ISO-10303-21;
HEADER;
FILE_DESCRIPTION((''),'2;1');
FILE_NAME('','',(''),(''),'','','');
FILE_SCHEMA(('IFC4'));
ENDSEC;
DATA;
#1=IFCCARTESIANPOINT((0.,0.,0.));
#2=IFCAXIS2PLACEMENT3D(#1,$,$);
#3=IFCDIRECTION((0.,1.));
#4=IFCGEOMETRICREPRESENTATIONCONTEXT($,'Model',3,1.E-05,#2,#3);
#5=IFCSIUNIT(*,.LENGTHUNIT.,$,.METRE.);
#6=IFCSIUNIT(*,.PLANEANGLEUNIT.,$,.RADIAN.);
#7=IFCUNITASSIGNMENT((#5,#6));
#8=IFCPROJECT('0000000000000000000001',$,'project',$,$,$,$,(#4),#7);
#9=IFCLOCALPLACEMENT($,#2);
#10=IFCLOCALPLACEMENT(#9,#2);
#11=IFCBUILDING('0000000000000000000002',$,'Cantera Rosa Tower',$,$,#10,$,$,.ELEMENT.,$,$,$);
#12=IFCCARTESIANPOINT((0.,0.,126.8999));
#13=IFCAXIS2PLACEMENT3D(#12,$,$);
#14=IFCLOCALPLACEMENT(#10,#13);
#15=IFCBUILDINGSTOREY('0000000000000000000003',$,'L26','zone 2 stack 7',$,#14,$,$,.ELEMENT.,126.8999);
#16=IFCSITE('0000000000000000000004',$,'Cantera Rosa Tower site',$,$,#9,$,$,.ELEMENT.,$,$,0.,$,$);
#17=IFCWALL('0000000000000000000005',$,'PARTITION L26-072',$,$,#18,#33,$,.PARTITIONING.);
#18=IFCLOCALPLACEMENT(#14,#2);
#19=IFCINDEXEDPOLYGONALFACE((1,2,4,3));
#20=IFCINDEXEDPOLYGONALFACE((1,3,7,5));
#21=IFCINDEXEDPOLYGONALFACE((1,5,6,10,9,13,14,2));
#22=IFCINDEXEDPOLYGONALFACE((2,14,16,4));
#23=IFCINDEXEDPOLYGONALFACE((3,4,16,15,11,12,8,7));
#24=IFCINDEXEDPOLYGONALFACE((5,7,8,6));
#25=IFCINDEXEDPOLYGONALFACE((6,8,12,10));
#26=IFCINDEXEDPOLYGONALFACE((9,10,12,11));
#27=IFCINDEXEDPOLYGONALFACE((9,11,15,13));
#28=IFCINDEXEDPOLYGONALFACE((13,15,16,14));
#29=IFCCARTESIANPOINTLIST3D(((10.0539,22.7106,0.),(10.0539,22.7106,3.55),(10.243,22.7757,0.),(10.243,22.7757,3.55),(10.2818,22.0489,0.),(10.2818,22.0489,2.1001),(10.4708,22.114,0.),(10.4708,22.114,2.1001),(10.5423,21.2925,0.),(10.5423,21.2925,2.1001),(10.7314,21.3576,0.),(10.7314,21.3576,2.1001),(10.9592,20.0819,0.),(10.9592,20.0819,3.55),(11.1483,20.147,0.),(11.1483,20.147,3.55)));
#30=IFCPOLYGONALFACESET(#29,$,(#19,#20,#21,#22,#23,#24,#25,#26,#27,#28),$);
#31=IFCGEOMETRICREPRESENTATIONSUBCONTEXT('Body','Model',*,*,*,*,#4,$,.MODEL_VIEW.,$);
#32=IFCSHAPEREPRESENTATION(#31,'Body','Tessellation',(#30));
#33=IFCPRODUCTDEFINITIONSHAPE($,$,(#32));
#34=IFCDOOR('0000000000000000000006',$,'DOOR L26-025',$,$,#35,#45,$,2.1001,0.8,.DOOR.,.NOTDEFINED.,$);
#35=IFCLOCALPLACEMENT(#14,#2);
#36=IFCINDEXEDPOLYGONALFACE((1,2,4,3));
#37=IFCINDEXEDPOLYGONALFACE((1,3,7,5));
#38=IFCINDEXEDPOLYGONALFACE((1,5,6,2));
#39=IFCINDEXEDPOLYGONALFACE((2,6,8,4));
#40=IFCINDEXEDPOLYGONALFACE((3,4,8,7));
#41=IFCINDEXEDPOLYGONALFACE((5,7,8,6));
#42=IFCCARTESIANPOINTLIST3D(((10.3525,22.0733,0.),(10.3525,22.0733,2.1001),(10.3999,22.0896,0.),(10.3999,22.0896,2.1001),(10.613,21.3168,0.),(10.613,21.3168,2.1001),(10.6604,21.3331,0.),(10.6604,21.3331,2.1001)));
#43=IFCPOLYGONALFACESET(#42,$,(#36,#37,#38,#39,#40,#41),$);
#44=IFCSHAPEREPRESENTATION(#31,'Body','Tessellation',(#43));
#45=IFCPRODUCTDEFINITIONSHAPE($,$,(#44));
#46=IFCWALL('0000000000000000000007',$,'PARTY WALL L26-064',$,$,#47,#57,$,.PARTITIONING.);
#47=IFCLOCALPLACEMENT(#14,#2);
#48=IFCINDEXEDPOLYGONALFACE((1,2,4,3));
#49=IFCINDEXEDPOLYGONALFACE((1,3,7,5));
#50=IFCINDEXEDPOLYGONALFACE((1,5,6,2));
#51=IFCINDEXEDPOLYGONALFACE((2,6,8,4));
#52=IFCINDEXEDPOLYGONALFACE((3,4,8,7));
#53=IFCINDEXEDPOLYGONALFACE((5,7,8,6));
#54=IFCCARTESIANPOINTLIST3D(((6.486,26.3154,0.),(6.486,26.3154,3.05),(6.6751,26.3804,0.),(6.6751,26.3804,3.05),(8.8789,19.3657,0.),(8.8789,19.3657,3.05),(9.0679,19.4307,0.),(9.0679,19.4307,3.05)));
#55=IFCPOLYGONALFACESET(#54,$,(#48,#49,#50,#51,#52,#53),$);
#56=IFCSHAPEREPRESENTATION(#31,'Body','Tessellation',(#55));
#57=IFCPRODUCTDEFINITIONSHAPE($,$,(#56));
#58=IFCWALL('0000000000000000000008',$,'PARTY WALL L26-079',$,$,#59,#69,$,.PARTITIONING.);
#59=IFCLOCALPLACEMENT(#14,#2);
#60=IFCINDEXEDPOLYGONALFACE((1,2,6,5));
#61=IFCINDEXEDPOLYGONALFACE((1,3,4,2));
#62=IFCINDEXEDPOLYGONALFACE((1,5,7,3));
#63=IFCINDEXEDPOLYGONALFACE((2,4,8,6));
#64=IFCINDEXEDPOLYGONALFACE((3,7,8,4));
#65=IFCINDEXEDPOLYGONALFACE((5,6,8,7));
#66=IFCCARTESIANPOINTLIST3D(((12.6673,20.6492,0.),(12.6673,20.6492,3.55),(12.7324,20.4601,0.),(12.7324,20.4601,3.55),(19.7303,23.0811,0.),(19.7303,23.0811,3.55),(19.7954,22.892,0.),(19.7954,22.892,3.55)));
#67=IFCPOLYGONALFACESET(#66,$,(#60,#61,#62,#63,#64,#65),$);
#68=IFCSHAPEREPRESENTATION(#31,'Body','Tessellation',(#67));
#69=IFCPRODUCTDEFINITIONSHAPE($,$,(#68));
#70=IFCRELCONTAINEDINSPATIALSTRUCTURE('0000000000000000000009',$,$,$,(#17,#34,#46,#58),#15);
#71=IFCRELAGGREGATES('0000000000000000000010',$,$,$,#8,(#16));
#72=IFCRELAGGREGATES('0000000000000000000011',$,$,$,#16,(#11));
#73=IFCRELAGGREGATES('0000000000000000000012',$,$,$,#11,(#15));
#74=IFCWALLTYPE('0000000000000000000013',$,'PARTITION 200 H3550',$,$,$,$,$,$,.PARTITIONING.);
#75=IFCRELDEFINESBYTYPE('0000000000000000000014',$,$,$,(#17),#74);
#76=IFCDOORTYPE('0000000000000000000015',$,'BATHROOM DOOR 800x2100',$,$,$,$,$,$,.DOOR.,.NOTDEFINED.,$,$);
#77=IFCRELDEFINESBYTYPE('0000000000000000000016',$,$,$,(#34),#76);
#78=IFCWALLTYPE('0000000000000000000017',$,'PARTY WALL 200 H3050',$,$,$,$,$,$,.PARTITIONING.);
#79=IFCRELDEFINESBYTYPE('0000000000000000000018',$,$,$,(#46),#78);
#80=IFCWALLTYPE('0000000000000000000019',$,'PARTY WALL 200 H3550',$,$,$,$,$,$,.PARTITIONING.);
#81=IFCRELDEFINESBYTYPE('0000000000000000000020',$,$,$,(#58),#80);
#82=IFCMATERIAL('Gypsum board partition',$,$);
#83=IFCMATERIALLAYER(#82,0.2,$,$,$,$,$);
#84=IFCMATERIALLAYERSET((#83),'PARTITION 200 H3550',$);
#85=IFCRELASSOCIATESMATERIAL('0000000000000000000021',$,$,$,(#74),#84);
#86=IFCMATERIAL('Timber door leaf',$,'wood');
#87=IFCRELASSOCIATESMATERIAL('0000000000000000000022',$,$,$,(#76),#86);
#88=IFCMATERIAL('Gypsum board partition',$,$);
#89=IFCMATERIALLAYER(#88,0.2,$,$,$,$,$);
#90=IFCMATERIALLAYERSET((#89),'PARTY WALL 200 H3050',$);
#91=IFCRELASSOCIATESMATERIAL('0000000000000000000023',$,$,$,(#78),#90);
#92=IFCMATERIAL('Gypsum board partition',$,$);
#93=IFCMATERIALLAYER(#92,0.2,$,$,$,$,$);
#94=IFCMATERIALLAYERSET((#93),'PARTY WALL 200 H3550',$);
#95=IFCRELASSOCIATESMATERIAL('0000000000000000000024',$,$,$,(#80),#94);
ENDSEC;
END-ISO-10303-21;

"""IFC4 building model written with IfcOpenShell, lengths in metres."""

from ifc_helpers import new_model, si_unit, direction, frame, frame_2d, origin, place, context, subcontext, project, spatial, rectangle, extrude, material, layer, layer_set, type_object, element, fill, save


model = new_model("IFC4")

# Units and contexts
model_context = context("Model", 3, precision=1e-05, world=origin(), true_north=direction((0.0, 1.0)))
body_context = subcontext(model_context, "Body", "Model", "MODEL_VIEW")
ifc_project = project(units=[si_unit("LENGTHUNIT", "METRE"), si_unit("PLANEANGLEUNIT", "RADIAN")], contexts=[model_context])

# Site, building, storey
site_placement = place(None, origin())
site = spatial("IfcSite", under=ifc_project, at=site_placement, Name="Cantera Rosa Tower site", CompositionType="ELEMENT", RefElevation=0.0)
building_placement = place(site_placement, origin())
building = spatial("IfcBuilding", under=site, at=building_placement, Name="Cantera Rosa Tower", CompositionType="ELEMENT")
storey_placement = place(building_placement, frame((0.0, 0.0, 126.8999)))
storey = spatial("IfcBuildingStorey", under=building, at=storey_placement, Name="L26", Description="zone 2 stack 7", CompositionType="ELEMENT", Elevation=126.8999)

# Shared definitions
ifc_material_1 = material(Name="Gypsum board partition")
ifc_layer_1 = layer(ifc_material_1, 0.2)
ifc_layer_set_1 = layer_set([ifc_layer_1], Name="PARTITION 200 H3550")
wall_type_1 = type_object("IfcWallType", Name="PARTITION 200 H3550", PredefinedType="PARTITIONING", material=ifc_layer_set_1)

# Wall, opening, door
wall_1_placement = place(storey_placement, frame((10.1484, 22.7432, 0.0), z_axis=(0.0, 0.0, 1.0), x_axis=(0.325617, -0.945502, 0.0)))
wall_1 = element("IfcWall", 1, at=wall_1_placement, inside=storey, type_object=wall_type_1, Name="PARTITION L26-072", PredefinedType="PARTITIONING", context=body_context, shape_type="SweptSolid", body=[
    extrude(rectangle(XDim=2.7803, YDim=0.2, at=frame_2d((1.3901, 0.0))), origin(), (0.0, 0.0, 1.0), 3.55),
])
opening_1_placement = place(wall_1_placement, frame((0.7, 0.0, 0.0)))
opening_1 = element("IfcOpeningElement", 2, at=opening_1_placement, cuts=wall_1, PredefinedType="OPENING", context=body_context, shape_type="SweptSolid", body=[
    extrude(rectangle(XDim=0.8, YDim=2.1001, at=frame_2d((0.3999, 1.05))), frame((0.0, 0.1099, 0.0), z_axis=(0.0, -1.0, 0.0), x_axis=(1.0, 0.0, 0.0)), (0.0, 0.0, 1.0), 0.22),
])
ifc_material_2 = material(Name="Timber door leaf", Category="wood")
door_type_1 = type_object("IfcDoorType", Name="BATHROOM DOOR 800x2100", OperationType="NOTDEFINED", PredefinedType="DOOR", material=ifc_material_2)
door_1_placement = place(opening_1_placement, origin())
door_1 = element("IfcDoor", 3, at=door_1_placement, inside=storey, type_object=door_type_1, Name="DOOR L26-025", OperationType="NOTDEFINED", OverallHeight=2.1001, OverallWidth=0.8, PredefinedType="DOOR", context=body_context, shape_type="SweptSolid", body=[
    extrude(rectangle(XDim=0.8, YDim=2.1001, at=frame_2d((0.3999, 1.05))), frame((0.0, 0.0249, 0.0), z_axis=(0.0, -1.0, 0.0), x_axis=(1.0, 0.0, 0.0)), (0.0, 0.0, 1.0), 0.05),
])
fill(opening_1, door_1)

# Walls
ifc_material_3 = material(Name="Gypsum board partition")
ifc_layer_2 = layer(ifc_material_3, 0.2)
ifc_layer_set_2 = layer_set([ifc_layer_2], Name="PARTY WALL 200 H3050")
wall_type_2 = type_object("IfcWallType", Name="PARTY WALL 200 H3050", PredefinedType="PARTITIONING", material=ifc_layer_set_2)
wall_2_placement = place(storey_placement, frame((6.5806, 26.3479, 0.0), z_axis=(0.0, 0.0, 1.0), x_axis=(0.325549, -0.945525, 0.0)))
element("IfcWall", 4, at=wall_2_placement, inside=storey, type_object=wall_type_2, Name="PARTY WALL L26-064", PredefinedType="PARTITIONING", context=body_context, shape_type="SweptSolid", body=[
    extrude(rectangle(XDim=7.3501, YDim=0.2, at=frame_2d((3.675, 0.0))), origin(), (0.0, 0.0, 1.0), 3.05),
])
ifc_material_4 = material(Name="Gypsum board partition")
ifc_layer_3 = layer(ifc_material_4, 0.2)
ifc_layer_set_3 = layer_set([ifc_layer_3], Name="PARTY WALL 200 H3550")
wall_type_3 = type_object("IfcWallType", Name="PARTY WALL 200 H3550", PredefinedType="PARTITIONING", material=ifc_layer_set_3)
wall_3_placement = place(storey_placement, frame((12.7, 20.5547, 0.0), z_axis=(0.0, 0.0, 1.0), x_axis=(0.945523, 0.325557, 0.0)))
element("IfcWall", 5, at=wall_3_placement, inside=storey, type_object=wall_type_3, Name="PARTY WALL L26-079", PredefinedType="PARTITIONING", context=body_context, shape_type="SweptSolid", body=[
    extrude(rectangle(XDim=7.47, YDim=0.2, at=frame_2d((3.7349, 0.0))), origin(), (0.0, 0.0, 1.0), 3.55),
])

save(model, "model.ifc")
